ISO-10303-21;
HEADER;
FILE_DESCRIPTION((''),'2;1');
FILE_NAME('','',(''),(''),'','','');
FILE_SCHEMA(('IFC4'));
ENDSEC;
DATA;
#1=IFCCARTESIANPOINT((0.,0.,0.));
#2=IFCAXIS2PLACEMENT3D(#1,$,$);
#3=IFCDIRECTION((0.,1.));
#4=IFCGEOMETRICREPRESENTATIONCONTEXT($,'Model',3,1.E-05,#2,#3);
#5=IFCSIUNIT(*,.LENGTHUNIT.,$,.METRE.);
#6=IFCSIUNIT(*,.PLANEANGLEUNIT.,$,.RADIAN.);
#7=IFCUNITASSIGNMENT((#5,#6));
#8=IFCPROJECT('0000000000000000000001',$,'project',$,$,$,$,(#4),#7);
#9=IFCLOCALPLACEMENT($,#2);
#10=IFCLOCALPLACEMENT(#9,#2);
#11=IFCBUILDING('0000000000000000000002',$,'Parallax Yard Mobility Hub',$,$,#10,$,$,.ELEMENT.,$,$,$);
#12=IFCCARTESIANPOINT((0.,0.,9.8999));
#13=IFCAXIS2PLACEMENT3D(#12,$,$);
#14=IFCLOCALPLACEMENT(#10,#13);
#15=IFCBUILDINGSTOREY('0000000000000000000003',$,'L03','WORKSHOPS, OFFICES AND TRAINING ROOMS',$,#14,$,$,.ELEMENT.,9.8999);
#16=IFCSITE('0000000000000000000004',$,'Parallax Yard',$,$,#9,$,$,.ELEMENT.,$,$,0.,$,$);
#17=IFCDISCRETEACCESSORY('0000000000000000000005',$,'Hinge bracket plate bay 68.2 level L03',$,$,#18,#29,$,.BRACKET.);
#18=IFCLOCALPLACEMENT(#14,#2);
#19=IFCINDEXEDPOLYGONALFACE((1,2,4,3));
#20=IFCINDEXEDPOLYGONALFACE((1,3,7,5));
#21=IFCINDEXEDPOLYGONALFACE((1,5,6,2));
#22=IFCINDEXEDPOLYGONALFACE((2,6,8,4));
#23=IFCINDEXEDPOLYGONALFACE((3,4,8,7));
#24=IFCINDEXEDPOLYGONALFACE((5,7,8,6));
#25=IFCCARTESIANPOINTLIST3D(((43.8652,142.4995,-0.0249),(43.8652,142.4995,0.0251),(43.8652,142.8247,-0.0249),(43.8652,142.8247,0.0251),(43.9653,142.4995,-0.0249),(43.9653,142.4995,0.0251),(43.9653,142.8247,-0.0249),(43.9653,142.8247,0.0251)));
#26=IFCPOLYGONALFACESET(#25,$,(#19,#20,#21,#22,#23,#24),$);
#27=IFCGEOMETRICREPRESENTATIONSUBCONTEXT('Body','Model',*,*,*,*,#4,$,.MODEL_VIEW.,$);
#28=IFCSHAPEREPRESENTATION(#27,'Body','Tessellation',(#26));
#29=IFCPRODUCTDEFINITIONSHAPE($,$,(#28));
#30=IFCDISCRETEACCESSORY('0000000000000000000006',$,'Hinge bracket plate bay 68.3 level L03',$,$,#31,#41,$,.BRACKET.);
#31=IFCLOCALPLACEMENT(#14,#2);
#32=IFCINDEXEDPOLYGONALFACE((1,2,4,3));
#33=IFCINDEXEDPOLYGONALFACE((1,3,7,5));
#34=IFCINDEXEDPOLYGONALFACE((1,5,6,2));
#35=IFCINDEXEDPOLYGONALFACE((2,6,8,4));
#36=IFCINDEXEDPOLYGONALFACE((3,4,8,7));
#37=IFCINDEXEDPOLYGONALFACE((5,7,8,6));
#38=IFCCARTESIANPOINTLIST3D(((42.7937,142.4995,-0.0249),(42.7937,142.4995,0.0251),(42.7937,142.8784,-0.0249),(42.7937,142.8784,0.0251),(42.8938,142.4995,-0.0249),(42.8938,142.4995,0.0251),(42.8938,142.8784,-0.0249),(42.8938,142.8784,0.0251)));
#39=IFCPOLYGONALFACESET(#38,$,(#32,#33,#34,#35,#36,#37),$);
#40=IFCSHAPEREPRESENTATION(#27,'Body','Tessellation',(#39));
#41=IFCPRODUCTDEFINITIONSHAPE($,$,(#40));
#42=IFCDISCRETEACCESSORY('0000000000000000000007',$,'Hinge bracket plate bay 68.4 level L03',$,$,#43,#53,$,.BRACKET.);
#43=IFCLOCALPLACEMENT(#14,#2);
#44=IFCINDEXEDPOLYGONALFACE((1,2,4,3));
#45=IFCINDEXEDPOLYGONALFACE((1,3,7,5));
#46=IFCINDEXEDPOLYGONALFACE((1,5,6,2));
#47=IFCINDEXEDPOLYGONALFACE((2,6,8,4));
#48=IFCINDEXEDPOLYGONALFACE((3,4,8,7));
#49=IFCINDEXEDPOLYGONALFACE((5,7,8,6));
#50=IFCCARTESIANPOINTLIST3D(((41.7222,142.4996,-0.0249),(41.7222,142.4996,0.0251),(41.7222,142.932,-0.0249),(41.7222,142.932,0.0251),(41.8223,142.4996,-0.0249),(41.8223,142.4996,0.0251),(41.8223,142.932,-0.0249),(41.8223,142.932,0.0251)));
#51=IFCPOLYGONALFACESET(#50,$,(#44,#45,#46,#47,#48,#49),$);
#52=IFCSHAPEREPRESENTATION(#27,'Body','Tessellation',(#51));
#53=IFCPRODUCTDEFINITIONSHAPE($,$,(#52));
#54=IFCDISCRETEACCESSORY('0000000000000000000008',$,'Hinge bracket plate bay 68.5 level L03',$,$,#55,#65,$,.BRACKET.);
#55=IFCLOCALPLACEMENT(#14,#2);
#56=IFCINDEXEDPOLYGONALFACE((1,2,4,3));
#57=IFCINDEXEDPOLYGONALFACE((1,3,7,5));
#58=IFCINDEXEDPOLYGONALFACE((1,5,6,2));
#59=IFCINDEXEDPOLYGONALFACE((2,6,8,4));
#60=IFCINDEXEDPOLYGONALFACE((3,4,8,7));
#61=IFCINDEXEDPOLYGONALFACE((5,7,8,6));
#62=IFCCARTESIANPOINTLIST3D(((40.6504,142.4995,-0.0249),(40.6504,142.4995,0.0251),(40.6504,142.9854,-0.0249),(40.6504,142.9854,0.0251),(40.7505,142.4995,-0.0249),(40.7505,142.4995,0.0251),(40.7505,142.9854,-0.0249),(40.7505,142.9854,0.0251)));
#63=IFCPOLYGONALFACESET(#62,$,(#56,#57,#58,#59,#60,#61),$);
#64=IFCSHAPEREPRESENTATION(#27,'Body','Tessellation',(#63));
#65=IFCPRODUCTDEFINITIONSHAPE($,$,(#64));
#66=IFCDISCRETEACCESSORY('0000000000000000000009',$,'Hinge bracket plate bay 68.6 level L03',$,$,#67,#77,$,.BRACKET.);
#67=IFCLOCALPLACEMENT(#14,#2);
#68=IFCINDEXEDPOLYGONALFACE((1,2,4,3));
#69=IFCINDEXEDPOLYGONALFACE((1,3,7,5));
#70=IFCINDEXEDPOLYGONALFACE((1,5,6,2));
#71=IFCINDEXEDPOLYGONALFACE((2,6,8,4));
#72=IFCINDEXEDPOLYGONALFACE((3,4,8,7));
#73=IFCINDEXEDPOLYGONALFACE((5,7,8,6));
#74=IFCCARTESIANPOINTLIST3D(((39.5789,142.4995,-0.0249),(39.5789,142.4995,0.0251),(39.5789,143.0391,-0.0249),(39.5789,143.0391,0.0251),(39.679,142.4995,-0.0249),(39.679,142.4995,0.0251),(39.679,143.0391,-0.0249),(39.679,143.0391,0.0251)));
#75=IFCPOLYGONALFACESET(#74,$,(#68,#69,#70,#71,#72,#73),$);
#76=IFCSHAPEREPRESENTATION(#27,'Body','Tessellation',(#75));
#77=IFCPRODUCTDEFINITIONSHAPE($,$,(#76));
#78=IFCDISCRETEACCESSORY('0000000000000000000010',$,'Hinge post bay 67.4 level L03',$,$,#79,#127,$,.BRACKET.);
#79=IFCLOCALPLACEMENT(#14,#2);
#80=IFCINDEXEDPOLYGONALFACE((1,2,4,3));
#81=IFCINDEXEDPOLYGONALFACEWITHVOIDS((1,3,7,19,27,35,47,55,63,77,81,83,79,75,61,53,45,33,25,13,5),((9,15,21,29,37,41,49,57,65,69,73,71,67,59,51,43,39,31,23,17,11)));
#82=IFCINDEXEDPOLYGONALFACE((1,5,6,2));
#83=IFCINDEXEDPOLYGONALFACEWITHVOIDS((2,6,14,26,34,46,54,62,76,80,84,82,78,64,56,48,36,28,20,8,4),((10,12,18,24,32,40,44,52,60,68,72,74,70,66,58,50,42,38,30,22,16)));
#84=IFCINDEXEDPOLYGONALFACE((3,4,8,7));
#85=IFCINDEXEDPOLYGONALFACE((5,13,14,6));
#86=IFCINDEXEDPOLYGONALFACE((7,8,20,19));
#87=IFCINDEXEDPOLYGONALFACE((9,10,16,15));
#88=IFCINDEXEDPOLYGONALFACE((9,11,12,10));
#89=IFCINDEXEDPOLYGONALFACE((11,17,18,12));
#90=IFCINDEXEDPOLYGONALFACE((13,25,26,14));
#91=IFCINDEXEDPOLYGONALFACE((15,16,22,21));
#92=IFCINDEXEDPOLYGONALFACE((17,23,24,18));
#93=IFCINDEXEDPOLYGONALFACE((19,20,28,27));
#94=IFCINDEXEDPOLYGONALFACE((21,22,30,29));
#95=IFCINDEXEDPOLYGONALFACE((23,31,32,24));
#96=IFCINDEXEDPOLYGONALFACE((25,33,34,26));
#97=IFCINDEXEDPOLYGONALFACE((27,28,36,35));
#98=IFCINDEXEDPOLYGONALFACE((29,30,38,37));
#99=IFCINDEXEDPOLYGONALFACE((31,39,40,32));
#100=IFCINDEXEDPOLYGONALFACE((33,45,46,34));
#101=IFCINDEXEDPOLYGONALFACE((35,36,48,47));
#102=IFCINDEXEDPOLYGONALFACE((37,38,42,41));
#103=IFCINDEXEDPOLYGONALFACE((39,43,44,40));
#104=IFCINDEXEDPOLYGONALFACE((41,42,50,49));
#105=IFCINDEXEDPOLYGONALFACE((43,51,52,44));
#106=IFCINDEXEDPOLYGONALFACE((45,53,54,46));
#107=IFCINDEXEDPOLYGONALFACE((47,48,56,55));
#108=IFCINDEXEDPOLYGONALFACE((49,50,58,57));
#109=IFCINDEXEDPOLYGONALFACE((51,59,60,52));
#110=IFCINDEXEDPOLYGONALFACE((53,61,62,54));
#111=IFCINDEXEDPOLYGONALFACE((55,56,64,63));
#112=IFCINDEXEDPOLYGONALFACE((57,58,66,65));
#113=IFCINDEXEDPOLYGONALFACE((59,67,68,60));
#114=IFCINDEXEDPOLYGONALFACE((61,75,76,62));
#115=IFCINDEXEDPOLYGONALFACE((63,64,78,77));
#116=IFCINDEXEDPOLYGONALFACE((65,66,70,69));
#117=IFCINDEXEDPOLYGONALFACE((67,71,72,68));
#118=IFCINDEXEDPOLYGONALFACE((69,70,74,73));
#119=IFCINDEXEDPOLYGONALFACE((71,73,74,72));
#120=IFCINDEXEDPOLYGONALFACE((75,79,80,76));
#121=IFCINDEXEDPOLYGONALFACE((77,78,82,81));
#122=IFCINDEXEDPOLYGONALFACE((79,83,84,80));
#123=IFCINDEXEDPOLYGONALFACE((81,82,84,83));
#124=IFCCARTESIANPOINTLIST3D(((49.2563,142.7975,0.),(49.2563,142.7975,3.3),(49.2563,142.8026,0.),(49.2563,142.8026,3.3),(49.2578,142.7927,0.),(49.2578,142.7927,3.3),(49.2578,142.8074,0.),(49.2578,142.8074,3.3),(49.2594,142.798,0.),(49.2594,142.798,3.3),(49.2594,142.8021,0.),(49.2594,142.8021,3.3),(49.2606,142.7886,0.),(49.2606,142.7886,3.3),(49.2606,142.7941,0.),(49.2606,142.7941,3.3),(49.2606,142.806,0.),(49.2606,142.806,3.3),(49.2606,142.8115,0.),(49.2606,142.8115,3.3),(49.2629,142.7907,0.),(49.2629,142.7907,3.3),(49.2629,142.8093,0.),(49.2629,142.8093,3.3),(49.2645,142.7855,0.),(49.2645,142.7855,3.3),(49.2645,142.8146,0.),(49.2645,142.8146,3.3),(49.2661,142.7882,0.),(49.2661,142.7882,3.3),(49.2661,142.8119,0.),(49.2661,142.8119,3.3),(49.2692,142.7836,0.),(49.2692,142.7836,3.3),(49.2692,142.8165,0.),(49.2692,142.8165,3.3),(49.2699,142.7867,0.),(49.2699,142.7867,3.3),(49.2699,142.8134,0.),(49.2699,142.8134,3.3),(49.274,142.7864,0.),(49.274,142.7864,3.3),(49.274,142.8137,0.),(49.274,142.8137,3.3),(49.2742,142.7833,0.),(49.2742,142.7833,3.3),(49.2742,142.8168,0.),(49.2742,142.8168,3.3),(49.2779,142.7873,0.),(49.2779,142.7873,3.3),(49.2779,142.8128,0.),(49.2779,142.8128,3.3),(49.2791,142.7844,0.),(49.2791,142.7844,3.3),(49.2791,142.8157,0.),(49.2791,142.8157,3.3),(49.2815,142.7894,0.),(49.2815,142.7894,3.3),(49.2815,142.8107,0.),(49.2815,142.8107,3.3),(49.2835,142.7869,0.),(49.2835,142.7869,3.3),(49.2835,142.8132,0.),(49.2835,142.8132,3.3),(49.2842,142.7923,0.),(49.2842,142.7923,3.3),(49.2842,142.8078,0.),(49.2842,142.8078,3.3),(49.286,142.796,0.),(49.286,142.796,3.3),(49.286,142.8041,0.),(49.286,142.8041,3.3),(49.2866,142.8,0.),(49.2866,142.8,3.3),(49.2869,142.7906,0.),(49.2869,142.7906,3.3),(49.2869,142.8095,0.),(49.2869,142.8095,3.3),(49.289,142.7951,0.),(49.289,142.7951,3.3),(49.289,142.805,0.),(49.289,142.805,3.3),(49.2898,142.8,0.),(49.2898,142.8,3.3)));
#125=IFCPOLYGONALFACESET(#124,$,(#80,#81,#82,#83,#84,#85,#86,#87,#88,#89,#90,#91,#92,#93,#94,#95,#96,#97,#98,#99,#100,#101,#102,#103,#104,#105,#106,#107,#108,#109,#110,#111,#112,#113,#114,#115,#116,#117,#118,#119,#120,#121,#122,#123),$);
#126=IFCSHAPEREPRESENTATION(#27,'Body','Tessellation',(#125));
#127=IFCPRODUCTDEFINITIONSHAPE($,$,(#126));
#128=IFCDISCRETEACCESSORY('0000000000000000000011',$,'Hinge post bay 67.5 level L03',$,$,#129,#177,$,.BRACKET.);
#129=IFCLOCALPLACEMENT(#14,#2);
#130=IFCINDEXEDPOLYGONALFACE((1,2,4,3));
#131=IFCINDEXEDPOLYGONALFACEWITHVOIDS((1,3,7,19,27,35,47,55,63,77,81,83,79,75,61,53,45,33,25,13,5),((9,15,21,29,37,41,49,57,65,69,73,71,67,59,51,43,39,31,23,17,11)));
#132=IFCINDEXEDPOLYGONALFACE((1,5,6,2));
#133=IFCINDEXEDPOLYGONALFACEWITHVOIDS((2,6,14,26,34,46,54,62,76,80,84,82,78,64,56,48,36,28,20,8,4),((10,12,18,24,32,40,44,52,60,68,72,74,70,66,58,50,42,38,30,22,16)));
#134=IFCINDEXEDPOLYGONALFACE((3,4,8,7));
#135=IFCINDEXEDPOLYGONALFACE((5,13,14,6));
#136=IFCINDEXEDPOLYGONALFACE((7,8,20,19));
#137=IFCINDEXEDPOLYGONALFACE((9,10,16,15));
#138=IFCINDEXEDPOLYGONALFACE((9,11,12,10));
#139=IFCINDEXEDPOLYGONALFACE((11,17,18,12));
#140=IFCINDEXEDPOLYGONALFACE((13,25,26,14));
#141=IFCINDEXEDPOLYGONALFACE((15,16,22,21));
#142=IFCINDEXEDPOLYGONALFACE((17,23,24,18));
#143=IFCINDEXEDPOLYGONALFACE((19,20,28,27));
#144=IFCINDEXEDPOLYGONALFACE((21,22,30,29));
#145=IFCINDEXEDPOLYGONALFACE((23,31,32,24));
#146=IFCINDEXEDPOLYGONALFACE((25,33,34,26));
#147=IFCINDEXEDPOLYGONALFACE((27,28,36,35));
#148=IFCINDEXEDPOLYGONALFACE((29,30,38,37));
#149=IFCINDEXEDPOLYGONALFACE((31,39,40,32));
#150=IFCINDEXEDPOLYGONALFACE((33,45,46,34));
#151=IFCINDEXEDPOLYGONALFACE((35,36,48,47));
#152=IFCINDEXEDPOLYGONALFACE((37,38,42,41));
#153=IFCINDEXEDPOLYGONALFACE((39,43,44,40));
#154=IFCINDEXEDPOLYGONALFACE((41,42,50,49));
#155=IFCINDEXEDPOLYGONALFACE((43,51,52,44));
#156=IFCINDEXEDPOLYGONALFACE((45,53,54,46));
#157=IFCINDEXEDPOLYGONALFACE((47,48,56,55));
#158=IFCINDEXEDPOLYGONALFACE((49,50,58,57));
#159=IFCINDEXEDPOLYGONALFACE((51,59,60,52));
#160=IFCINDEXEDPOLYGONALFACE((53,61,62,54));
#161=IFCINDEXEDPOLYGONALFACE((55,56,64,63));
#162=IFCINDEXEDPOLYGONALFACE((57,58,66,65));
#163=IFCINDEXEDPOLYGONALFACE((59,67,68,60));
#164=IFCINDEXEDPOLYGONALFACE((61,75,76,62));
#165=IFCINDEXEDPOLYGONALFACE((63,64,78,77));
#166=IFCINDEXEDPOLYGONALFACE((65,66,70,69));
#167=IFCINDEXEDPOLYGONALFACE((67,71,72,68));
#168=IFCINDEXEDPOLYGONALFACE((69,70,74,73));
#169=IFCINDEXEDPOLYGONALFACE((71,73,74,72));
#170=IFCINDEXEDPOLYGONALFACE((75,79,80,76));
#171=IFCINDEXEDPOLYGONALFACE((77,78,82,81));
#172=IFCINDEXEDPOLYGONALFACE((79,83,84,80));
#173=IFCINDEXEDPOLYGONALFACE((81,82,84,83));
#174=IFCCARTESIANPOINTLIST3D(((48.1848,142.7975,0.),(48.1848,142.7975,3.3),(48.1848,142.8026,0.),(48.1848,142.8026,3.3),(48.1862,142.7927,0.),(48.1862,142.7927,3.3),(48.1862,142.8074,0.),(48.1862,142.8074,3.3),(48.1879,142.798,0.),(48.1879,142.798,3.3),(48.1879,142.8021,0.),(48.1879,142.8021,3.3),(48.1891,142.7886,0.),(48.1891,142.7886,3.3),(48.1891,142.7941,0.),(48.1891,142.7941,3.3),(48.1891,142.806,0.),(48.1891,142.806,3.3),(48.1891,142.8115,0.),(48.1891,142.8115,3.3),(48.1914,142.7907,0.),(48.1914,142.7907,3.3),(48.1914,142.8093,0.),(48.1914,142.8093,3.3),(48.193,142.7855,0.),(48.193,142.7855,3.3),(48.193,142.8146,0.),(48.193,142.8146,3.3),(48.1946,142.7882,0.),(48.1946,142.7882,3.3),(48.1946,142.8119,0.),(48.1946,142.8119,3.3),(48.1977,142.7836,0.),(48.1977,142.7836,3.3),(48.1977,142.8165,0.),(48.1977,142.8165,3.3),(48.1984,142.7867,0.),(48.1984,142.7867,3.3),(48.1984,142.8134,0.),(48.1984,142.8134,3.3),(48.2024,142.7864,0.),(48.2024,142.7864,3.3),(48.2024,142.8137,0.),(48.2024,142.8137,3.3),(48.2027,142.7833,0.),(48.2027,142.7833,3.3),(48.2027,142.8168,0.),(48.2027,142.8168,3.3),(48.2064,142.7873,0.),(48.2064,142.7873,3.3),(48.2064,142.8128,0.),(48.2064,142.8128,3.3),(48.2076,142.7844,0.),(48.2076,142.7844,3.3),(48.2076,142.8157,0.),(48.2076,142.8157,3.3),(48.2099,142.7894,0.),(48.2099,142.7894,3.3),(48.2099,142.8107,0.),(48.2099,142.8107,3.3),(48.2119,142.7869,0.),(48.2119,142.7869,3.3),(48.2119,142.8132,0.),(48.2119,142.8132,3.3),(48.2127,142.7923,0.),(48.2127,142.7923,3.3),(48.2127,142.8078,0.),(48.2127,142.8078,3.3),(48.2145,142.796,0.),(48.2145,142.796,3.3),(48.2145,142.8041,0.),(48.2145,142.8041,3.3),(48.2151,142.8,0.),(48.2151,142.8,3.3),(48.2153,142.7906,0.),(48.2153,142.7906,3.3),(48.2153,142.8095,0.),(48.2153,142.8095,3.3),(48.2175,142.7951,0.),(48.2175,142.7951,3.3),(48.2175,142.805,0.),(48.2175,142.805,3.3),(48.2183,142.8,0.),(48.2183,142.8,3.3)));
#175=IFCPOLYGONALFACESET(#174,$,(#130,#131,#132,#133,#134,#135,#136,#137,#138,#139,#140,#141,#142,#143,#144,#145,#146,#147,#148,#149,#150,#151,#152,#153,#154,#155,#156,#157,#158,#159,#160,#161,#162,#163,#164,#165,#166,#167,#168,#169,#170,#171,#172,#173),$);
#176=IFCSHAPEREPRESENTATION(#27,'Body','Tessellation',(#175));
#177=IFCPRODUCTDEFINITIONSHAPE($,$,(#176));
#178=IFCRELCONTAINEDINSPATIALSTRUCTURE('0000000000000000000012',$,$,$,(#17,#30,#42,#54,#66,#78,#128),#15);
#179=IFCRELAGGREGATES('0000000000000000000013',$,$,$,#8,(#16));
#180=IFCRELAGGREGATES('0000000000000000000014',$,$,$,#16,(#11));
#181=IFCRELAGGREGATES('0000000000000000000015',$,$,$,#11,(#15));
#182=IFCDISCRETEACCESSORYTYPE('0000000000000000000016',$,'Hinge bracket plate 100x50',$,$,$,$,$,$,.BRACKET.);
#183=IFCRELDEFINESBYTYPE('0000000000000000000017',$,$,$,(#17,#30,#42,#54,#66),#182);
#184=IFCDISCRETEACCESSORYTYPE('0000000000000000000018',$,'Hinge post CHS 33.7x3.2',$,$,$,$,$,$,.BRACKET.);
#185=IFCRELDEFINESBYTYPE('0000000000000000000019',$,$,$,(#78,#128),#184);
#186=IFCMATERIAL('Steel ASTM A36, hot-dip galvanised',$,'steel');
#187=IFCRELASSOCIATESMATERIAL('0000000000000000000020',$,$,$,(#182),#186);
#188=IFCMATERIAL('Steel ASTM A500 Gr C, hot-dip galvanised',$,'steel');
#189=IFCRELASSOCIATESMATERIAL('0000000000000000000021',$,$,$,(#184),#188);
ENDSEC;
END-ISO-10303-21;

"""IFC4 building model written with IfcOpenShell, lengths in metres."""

from ifc_helpers import new_model, si_unit, direction, frame, origin, origin_2d, place, context, subcontext, project, spatial, rectangle, hollow_circle, extrude, material, material_profile, profile_set, type_object, element, save


model = new_model("IFC4")

# Units and contexts
model_context = context("Model", 3, precision=1e-05, world=origin(), true_north=direction((0.0, 1.0)))
body_context = subcontext(model_context, "Body", "Model", "MODEL_VIEW")
ifc_project = project(units=[si_unit("LENGTHUNIT", "METRE"), si_unit("PLANEANGLEUNIT", "RADIAN")], contexts=[model_context])

# Site, building, storey
site_placement = place(None, origin())
site = spatial("IfcSite", under=ifc_project, at=site_placement, Name="Parallax Yard", CompositionType="ELEMENT", RefElevation=0.0)
building_placement = place(site_placement, origin())
building = spatial("IfcBuilding", under=site, at=building_placement, Name="Parallax Yard Mobility Hub", CompositionType="ELEMENT")
storey_placement = place(building_placement, frame((0.0, 0.0, 9.8999)))
storey = spatial("IfcBuildingStorey", under=building, at=storey_placement, Name="L03", Description="WORKSHOPS, OFFICES AND TRAINING ROOMS", CompositionType="ELEMENT", Elevation=9.8999)

# Discrete accessories
ifc_material_1 = material(Name="Steel ASTM A36, hot-dip galvanised", Category="steel")
discrete_accessory_type_1 = type_object("IfcDiscreteAccessoryType", Name="Hinge bracket plate 100x50", PredefinedType="BRACKET", material=ifc_material_1)
discrete_accessory_1_placement = place(storey_placement, frame((43.9153, 142.6621, -0.0249), z_axis=(0.0, 0.0, 1.0), x_axis=(0.0, 1.0, 0.0)))
element("IfcDiscreteAccessory", 1, at=discrete_accessory_1_placement, inside=storey, type_object=discrete_accessory_type_1, Name="Hinge bracket plate bay 68.2 level L03", PredefinedType="BRACKET", context=body_context, shape_type="SweptSolid", body=[
    extrude(rectangle(XDim=0.3252, YDim=0.1001, at=origin_2d()), origin(), (0.0, 0.0, 1.0), 0.05),
])
discrete_accessory_2_placement = place(storey_placement, frame((42.8438, 142.689, -0.0249), z_axis=(0.0, 0.0, 1.0), x_axis=(0.0, 1.0, 0.0)))
element("IfcDiscreteAccessory", 2, at=discrete_accessory_2_placement, inside=storey, type_object=discrete_accessory_type_1, Name="Hinge bracket plate bay 68.3 level L03", PredefinedType="BRACKET", context=body_context, shape_type="SweptSolid", body=[
    extrude(rectangle(XDim=0.3789, YDim=0.1001, at=origin_2d()), origin(), (0.0, 0.0, 1.0), 0.05),
])
discrete_accessory_3_placement = place(storey_placement, frame((41.7722, 142.7158, -0.0249), z_axis=(0.0, 0.0, 1.0), x_axis=(0.0, 1.0, 0.0)))
element("IfcDiscreteAccessory", 3, at=discrete_accessory_3_placement, inside=storey, type_object=discrete_accessory_type_1, Name="Hinge bracket plate bay 68.4 level L03", PredefinedType="BRACKET", context=body_context, shape_type="SweptSolid", body=[
    extrude(rectangle(XDim=0.4324, YDim=0.1001, at=origin_2d()), origin(), (0.0, 0.0, 1.0), 0.05),
])
discrete_accessory_4_placement = place(storey_placement, frame((40.7004, 142.7424, -0.0249), z_axis=(0.0, 0.0, 1.0), x_axis=(0.0, 1.0, 0.0)))
element("IfcDiscreteAccessory", 4, at=discrete_accessory_4_placement, inside=storey, type_object=discrete_accessory_type_1, Name="Hinge bracket plate bay 68.5 level L03", PredefinedType="BRACKET", context=body_context, shape_type="SweptSolid", body=[
    extrude(rectangle(XDim=0.4858, YDim=0.1001, at=origin_2d()), origin(), (0.0, 0.0, 1.0), 0.05),
])
discrete_accessory_5_placement = place(storey_placement, frame((39.6289, 142.7693, -0.0249), z_axis=(0.0, 0.0, 1.0), x_axis=(0.0, 1.0, 0.0)))
element("IfcDiscreteAccessory", 5, at=discrete_accessory_5_placement, inside=storey, type_object=discrete_accessory_type_1, Name="Hinge bracket plate bay 68.6 level L03", PredefinedType="BRACKET", context=body_context, shape_type="SweptSolid", body=[
    extrude(rectangle(XDim=0.5396, YDim=0.1001, at=origin_2d()), origin(), (0.0, 0.0, 1.0), 0.05),
])
ifc_material_2 = material(Name="Steel ASTM A500 Gr C, hot-dip galvanised", Category="steel")
ifc_material_profile_1 = material_profile(ifc_material_2, hollow_circle(Radius=0.0168, WallThickness=0.0032, at=origin_2d()), Name="CHS 33.7x3.2")
ifc_profile_set_1 = profile_set([ifc_material_profile_1], Name="Steel ASTM A500 Gr C, hot-dip galvanised")
discrete_accessory_type_2 = type_object("IfcDiscreteAccessoryType", Name="Hinge post CHS 33.7x3.2", PredefinedType="BRACKET", material=ifc_profile_set_1)
for number, where, z_axis, x_axis, name in (
    (6, (49.2729, 142.8, 0.0), (0.0, 0.0, 1.0), (1.0, 0.0, 0.0), "Hinge post bay 67.4 level L03"),
    (7, (48.2014, 142.8, 0.0), (0.0, 0.0, 1.0), (1.0, 0.0, 0.0), "Hinge post bay 67.5 level L03"),
):
    element("IfcDiscreteAccessory", number, at=place(storey_placement, frame(where, z_axis=z_axis, x_axis=x_axis)), inside=storey, type_object=discrete_accessory_type_2, Name=name, PredefinedType="BRACKET", context=body_context, shape_type="SweptSolid", body=[
        extrude(hollow_circle(Radius=0.0168, WallThickness=0.0032, at=origin_2d()), origin(), (0.0, 0.0, 1.0), 3.3),
    ])

save(model, "model.ifc")
